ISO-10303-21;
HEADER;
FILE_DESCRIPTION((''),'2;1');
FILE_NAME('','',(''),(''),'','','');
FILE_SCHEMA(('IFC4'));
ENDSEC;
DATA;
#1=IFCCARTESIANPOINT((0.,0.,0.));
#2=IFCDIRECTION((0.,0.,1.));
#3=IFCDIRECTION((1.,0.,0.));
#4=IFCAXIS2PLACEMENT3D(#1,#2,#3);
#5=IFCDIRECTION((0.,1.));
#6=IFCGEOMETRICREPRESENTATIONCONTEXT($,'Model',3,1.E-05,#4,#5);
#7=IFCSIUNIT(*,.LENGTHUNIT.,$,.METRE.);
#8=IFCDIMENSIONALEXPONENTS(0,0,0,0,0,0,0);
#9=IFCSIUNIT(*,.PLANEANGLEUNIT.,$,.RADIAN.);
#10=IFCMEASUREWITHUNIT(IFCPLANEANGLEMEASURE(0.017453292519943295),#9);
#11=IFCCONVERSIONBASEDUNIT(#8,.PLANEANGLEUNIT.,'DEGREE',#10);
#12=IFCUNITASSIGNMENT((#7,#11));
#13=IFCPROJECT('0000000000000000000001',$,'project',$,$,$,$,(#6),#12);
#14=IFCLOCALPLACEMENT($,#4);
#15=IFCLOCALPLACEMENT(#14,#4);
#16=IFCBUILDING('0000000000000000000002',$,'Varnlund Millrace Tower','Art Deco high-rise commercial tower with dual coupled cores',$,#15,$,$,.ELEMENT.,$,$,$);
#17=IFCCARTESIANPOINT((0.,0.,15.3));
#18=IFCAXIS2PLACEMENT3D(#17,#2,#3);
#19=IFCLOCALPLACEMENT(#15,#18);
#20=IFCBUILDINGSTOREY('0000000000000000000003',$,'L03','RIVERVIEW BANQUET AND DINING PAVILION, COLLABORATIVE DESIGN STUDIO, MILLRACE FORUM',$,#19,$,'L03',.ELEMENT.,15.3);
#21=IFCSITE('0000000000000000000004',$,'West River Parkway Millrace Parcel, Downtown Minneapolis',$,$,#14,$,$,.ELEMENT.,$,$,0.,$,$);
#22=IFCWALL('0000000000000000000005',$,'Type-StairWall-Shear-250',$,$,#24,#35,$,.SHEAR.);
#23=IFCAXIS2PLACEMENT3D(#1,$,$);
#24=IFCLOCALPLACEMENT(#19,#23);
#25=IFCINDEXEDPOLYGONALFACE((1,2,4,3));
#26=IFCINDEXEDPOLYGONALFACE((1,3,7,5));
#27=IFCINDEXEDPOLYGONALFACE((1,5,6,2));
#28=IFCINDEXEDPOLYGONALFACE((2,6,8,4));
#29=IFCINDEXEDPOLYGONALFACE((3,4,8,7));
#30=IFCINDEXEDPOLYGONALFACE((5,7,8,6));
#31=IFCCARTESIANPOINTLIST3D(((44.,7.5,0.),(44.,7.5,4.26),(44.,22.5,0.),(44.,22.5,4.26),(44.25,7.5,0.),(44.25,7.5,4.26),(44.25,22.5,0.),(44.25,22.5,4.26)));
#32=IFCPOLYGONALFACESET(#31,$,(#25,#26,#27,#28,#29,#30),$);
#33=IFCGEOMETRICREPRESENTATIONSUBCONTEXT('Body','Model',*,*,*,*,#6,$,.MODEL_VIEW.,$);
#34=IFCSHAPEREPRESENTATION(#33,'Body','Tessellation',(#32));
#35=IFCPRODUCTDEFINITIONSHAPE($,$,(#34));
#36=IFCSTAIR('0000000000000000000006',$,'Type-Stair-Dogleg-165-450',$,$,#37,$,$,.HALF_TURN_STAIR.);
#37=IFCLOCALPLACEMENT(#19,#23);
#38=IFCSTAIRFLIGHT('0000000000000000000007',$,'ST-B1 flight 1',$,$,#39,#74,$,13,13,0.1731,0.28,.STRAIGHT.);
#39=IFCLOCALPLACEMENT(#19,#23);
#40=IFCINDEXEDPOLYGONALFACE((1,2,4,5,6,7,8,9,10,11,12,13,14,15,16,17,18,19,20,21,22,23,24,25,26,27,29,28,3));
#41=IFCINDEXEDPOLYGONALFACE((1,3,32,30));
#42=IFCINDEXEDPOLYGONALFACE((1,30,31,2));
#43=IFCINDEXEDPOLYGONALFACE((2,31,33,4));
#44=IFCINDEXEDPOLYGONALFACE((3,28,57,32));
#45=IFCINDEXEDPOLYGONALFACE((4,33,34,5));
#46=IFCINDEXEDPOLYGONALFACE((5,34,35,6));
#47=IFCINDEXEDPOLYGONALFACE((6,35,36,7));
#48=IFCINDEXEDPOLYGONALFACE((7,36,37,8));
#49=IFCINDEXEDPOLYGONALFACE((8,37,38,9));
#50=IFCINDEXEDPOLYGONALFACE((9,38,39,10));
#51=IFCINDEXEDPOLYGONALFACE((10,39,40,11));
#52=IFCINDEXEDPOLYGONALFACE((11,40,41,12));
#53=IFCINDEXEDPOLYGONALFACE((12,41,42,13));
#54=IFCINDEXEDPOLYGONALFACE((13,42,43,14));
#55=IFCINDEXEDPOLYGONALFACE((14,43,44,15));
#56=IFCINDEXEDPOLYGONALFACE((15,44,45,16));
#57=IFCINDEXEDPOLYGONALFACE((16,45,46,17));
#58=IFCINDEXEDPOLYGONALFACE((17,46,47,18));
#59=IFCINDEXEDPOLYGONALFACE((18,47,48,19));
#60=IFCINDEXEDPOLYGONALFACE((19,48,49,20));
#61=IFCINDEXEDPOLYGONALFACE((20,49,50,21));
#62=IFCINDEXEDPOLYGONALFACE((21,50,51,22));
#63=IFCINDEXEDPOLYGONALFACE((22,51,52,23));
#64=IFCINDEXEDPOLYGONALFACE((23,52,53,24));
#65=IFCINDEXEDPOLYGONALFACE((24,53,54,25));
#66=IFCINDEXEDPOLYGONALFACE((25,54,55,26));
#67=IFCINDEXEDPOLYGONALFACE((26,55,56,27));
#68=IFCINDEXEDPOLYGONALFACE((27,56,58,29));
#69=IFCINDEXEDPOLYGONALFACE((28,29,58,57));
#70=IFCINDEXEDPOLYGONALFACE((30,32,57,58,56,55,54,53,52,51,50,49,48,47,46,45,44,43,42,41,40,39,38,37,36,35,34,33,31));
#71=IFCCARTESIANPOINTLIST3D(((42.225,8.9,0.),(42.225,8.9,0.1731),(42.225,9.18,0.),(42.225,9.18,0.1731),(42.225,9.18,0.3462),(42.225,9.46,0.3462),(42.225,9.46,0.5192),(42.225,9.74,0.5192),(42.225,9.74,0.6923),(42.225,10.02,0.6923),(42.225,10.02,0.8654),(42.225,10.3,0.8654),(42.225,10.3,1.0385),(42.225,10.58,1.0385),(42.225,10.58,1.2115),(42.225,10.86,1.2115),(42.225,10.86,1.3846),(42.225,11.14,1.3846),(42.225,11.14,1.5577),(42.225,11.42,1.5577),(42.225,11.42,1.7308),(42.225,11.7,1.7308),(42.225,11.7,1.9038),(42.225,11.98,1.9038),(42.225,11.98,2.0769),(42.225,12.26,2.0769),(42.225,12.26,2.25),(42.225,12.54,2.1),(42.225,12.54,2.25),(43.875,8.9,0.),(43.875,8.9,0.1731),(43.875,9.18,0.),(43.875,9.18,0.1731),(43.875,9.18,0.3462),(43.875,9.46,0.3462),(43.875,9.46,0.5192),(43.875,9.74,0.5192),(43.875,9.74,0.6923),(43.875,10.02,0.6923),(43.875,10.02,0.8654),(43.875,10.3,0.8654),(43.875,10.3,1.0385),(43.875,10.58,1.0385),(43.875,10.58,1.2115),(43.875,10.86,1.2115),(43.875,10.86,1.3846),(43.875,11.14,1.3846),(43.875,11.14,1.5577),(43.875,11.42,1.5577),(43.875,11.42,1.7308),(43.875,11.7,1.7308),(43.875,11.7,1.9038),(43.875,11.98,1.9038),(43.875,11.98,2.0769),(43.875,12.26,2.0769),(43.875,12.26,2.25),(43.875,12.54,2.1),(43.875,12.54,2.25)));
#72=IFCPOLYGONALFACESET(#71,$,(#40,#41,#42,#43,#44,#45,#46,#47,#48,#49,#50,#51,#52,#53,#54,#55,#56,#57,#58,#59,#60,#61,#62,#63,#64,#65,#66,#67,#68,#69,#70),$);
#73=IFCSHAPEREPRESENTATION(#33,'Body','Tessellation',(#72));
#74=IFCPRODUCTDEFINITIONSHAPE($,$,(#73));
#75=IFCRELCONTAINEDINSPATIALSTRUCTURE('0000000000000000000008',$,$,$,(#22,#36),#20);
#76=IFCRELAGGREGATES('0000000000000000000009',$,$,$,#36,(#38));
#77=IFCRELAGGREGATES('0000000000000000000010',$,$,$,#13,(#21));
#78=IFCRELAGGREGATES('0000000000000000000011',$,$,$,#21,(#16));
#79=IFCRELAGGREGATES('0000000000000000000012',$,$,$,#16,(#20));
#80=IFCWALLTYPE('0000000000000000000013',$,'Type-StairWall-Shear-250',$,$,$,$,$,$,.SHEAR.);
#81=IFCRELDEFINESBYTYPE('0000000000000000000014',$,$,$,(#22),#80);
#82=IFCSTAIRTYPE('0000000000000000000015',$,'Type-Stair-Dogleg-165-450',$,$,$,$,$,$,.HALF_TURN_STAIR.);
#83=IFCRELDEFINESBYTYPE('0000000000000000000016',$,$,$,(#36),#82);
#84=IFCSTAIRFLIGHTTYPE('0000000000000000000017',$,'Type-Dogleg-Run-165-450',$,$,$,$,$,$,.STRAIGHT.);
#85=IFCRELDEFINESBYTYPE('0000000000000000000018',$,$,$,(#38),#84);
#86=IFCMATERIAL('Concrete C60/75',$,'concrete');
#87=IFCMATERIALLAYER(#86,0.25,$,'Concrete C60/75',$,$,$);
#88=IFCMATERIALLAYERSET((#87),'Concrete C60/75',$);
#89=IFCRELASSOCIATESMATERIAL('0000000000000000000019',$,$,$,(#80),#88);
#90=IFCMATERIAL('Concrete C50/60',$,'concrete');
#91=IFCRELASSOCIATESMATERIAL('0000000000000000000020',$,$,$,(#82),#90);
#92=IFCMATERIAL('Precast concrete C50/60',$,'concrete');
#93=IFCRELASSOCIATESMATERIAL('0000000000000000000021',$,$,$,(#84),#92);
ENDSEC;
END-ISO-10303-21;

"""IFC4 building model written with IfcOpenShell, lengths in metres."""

from ifc_helpers import new_model, entity, si_unit, converted_unit, direction, frame, origin_with_axes, place, context, subcontext, project, spatial, polyline, outline, extrude, material, layer, layer_set, type_object, element, aggregate, save


model = new_model("IFC4")

# Units and contexts
model_context = context("Model", 3, precision=1e-05, world=origin_with_axes(), true_north=direction((0.0, 1.0)))
body_context = subcontext(model_context, "Body", "Model", "MODEL_VIEW")
ifc_project = project(units=[si_unit("LENGTHUNIT", "METRE"), converted_unit("PLANEANGLEUNIT", "DEGREE", entity("IfcPlaneAngleMeasure", 0.017453292519943295), si_unit("PLANEANGLEUNIT", "RADIAN"), dimensions=[0, 0, 0, 0, 0, 0, 0])], contexts=[model_context])

# Site, building, storey
site_placement = place(None, origin_with_axes())
site = spatial("IfcSite", under=ifc_project, at=site_placement, Name="West River Parkway Millrace Parcel, Downtown Minneapolis", CompositionType="ELEMENT", RefElevation=0.0)
building_placement = place(site_placement, origin_with_axes())
building = spatial("IfcBuilding", under=site, at=building_placement, Name="Varnlund Millrace Tower", Description="Art Deco high-rise commercial tower with dual coupled cores", CompositionType="ELEMENT")
storey_placement = place(building_placement, frame((0.0, 0.0, 15.3), z_axis=(0.0, 0.0, 1.0), x_axis=(1.0, 0.0, 0.0)))
storey = spatial("IfcBuildingStorey", under=building, at=storey_placement, Name="L03", Description="RIVERVIEW BANQUET AND DINING PAVILION, COLLABORATIVE DESIGN STUDIO, MILLRACE FORUM", LongName="L03", CompositionType="ELEMENT", Elevation=15.3)

# Shared definitions
ifc_material_1 = material(Name="Concrete C60/75", Category="concrete")
ifc_layer_1 = layer(ifc_material_1, 0.25, Name="Concrete C60/75")
ifc_layer_set_1 = layer_set([ifc_layer_1], Name="Concrete C60/75")

# Wall
wall_type_1 = type_object("IfcWallType", Name="Type-StairWall-Shear-250", PredefinedType="SHEAR", material=ifc_layer_set_1)
wall_1_placement = place(storey_placement, frame((44.125, 7.5, 0.0), z_axis=(0.0, 0.0, 1.0), x_axis=(0.0, 1.0, 0.0)))
element("IfcWall", 1, at=wall_1_placement, inside=storey, type_object=wall_type_1, Name="Type-StairWall-Shear-250", PredefinedType="SHEAR", context=body_context, shape_type="SweptSolid", body=[
    extrude(outline(polyline([(0.0, -0.125), (15.0, -0.125), (15.0, 0.125), (0.0, 0.125), (0.0, -0.125)])), origin_with_axes(), (0.0, 0.0, 1.0), 4.26),
])

# Stair, stair flight
ifc_material_2 = material(Name="Concrete C50/60", Category="concrete")
stair_type = type_object("IfcStairType", Name="Type-Stair-Dogleg-165-450", PredefinedType="HALF_TURN_STAIR", material=ifc_material_2)
stair_placement = place(storey_placement, origin_with_axes())
stair = element("IfcStair", 2, at=stair_placement, inside=storey, type_object=stair_type, Name="Type-Stair-Dogleg-165-450", PredefinedType="HALF_TURN_STAIR")
ifc_material_3 = material(Name="Precast concrete C50/60", Category="concrete")
stair_flight_type = type_object("IfcStairFlightType", Name="Type-Dogleg-Run-165-450", PredefinedType="STRAIGHT", material=ifc_material_3)
stair_flight_placement = place(storey_placement, frame((42.225, 8.9, 0.0), z_axis=(1.0, 0.0, 0.0), x_axis=(0.0, 1.0, 0.0)))
stair_flight = element("IfcStairFlight", 3, at=stair_flight_placement, type_object=stair_flight_type, Name="ST-B1 flight 1", NumberOfRisers=13, NumberOfTreads=13, PredefinedType="STRAIGHT", RiserHeight=0.1731, TreadLength=0.28, context=body_context, shape_type="SweptSolid", body=[
    extrude(outline(polyline([(0.0, 0.0), (0.0, 0.1731), (0.28, 0.1731), (0.28, 0.3462), (0.56, 0.3462), (0.56, 0.5192), (0.84, 0.5192), (0.84, 0.6923), (1.12, 0.6923), (1.12, 0.8654), (1.4, 0.8654), (1.4, 1.0385), (1.68, 1.0385), (1.68, 1.2115), (1.96, 1.2115), (1.96, 1.3846), (2.24, 1.3846), (2.24, 1.5577), (2.52, 1.5577), (2.52, 1.7308), (2.8, 1.7308), (2.8, 1.9038), (3.08, 1.9038), (3.08, 2.0769), (3.36, 2.0769), (3.36, 2.25), (3.64, 2.25), (3.64, 2.1), (0.28, 0.0), (0.0, 0.0)])), origin_with_axes(), (0.0, 0.0, 1.0), 1.65),
])
aggregate(stair, [stair_flight])

save(model, "model.ifc")
